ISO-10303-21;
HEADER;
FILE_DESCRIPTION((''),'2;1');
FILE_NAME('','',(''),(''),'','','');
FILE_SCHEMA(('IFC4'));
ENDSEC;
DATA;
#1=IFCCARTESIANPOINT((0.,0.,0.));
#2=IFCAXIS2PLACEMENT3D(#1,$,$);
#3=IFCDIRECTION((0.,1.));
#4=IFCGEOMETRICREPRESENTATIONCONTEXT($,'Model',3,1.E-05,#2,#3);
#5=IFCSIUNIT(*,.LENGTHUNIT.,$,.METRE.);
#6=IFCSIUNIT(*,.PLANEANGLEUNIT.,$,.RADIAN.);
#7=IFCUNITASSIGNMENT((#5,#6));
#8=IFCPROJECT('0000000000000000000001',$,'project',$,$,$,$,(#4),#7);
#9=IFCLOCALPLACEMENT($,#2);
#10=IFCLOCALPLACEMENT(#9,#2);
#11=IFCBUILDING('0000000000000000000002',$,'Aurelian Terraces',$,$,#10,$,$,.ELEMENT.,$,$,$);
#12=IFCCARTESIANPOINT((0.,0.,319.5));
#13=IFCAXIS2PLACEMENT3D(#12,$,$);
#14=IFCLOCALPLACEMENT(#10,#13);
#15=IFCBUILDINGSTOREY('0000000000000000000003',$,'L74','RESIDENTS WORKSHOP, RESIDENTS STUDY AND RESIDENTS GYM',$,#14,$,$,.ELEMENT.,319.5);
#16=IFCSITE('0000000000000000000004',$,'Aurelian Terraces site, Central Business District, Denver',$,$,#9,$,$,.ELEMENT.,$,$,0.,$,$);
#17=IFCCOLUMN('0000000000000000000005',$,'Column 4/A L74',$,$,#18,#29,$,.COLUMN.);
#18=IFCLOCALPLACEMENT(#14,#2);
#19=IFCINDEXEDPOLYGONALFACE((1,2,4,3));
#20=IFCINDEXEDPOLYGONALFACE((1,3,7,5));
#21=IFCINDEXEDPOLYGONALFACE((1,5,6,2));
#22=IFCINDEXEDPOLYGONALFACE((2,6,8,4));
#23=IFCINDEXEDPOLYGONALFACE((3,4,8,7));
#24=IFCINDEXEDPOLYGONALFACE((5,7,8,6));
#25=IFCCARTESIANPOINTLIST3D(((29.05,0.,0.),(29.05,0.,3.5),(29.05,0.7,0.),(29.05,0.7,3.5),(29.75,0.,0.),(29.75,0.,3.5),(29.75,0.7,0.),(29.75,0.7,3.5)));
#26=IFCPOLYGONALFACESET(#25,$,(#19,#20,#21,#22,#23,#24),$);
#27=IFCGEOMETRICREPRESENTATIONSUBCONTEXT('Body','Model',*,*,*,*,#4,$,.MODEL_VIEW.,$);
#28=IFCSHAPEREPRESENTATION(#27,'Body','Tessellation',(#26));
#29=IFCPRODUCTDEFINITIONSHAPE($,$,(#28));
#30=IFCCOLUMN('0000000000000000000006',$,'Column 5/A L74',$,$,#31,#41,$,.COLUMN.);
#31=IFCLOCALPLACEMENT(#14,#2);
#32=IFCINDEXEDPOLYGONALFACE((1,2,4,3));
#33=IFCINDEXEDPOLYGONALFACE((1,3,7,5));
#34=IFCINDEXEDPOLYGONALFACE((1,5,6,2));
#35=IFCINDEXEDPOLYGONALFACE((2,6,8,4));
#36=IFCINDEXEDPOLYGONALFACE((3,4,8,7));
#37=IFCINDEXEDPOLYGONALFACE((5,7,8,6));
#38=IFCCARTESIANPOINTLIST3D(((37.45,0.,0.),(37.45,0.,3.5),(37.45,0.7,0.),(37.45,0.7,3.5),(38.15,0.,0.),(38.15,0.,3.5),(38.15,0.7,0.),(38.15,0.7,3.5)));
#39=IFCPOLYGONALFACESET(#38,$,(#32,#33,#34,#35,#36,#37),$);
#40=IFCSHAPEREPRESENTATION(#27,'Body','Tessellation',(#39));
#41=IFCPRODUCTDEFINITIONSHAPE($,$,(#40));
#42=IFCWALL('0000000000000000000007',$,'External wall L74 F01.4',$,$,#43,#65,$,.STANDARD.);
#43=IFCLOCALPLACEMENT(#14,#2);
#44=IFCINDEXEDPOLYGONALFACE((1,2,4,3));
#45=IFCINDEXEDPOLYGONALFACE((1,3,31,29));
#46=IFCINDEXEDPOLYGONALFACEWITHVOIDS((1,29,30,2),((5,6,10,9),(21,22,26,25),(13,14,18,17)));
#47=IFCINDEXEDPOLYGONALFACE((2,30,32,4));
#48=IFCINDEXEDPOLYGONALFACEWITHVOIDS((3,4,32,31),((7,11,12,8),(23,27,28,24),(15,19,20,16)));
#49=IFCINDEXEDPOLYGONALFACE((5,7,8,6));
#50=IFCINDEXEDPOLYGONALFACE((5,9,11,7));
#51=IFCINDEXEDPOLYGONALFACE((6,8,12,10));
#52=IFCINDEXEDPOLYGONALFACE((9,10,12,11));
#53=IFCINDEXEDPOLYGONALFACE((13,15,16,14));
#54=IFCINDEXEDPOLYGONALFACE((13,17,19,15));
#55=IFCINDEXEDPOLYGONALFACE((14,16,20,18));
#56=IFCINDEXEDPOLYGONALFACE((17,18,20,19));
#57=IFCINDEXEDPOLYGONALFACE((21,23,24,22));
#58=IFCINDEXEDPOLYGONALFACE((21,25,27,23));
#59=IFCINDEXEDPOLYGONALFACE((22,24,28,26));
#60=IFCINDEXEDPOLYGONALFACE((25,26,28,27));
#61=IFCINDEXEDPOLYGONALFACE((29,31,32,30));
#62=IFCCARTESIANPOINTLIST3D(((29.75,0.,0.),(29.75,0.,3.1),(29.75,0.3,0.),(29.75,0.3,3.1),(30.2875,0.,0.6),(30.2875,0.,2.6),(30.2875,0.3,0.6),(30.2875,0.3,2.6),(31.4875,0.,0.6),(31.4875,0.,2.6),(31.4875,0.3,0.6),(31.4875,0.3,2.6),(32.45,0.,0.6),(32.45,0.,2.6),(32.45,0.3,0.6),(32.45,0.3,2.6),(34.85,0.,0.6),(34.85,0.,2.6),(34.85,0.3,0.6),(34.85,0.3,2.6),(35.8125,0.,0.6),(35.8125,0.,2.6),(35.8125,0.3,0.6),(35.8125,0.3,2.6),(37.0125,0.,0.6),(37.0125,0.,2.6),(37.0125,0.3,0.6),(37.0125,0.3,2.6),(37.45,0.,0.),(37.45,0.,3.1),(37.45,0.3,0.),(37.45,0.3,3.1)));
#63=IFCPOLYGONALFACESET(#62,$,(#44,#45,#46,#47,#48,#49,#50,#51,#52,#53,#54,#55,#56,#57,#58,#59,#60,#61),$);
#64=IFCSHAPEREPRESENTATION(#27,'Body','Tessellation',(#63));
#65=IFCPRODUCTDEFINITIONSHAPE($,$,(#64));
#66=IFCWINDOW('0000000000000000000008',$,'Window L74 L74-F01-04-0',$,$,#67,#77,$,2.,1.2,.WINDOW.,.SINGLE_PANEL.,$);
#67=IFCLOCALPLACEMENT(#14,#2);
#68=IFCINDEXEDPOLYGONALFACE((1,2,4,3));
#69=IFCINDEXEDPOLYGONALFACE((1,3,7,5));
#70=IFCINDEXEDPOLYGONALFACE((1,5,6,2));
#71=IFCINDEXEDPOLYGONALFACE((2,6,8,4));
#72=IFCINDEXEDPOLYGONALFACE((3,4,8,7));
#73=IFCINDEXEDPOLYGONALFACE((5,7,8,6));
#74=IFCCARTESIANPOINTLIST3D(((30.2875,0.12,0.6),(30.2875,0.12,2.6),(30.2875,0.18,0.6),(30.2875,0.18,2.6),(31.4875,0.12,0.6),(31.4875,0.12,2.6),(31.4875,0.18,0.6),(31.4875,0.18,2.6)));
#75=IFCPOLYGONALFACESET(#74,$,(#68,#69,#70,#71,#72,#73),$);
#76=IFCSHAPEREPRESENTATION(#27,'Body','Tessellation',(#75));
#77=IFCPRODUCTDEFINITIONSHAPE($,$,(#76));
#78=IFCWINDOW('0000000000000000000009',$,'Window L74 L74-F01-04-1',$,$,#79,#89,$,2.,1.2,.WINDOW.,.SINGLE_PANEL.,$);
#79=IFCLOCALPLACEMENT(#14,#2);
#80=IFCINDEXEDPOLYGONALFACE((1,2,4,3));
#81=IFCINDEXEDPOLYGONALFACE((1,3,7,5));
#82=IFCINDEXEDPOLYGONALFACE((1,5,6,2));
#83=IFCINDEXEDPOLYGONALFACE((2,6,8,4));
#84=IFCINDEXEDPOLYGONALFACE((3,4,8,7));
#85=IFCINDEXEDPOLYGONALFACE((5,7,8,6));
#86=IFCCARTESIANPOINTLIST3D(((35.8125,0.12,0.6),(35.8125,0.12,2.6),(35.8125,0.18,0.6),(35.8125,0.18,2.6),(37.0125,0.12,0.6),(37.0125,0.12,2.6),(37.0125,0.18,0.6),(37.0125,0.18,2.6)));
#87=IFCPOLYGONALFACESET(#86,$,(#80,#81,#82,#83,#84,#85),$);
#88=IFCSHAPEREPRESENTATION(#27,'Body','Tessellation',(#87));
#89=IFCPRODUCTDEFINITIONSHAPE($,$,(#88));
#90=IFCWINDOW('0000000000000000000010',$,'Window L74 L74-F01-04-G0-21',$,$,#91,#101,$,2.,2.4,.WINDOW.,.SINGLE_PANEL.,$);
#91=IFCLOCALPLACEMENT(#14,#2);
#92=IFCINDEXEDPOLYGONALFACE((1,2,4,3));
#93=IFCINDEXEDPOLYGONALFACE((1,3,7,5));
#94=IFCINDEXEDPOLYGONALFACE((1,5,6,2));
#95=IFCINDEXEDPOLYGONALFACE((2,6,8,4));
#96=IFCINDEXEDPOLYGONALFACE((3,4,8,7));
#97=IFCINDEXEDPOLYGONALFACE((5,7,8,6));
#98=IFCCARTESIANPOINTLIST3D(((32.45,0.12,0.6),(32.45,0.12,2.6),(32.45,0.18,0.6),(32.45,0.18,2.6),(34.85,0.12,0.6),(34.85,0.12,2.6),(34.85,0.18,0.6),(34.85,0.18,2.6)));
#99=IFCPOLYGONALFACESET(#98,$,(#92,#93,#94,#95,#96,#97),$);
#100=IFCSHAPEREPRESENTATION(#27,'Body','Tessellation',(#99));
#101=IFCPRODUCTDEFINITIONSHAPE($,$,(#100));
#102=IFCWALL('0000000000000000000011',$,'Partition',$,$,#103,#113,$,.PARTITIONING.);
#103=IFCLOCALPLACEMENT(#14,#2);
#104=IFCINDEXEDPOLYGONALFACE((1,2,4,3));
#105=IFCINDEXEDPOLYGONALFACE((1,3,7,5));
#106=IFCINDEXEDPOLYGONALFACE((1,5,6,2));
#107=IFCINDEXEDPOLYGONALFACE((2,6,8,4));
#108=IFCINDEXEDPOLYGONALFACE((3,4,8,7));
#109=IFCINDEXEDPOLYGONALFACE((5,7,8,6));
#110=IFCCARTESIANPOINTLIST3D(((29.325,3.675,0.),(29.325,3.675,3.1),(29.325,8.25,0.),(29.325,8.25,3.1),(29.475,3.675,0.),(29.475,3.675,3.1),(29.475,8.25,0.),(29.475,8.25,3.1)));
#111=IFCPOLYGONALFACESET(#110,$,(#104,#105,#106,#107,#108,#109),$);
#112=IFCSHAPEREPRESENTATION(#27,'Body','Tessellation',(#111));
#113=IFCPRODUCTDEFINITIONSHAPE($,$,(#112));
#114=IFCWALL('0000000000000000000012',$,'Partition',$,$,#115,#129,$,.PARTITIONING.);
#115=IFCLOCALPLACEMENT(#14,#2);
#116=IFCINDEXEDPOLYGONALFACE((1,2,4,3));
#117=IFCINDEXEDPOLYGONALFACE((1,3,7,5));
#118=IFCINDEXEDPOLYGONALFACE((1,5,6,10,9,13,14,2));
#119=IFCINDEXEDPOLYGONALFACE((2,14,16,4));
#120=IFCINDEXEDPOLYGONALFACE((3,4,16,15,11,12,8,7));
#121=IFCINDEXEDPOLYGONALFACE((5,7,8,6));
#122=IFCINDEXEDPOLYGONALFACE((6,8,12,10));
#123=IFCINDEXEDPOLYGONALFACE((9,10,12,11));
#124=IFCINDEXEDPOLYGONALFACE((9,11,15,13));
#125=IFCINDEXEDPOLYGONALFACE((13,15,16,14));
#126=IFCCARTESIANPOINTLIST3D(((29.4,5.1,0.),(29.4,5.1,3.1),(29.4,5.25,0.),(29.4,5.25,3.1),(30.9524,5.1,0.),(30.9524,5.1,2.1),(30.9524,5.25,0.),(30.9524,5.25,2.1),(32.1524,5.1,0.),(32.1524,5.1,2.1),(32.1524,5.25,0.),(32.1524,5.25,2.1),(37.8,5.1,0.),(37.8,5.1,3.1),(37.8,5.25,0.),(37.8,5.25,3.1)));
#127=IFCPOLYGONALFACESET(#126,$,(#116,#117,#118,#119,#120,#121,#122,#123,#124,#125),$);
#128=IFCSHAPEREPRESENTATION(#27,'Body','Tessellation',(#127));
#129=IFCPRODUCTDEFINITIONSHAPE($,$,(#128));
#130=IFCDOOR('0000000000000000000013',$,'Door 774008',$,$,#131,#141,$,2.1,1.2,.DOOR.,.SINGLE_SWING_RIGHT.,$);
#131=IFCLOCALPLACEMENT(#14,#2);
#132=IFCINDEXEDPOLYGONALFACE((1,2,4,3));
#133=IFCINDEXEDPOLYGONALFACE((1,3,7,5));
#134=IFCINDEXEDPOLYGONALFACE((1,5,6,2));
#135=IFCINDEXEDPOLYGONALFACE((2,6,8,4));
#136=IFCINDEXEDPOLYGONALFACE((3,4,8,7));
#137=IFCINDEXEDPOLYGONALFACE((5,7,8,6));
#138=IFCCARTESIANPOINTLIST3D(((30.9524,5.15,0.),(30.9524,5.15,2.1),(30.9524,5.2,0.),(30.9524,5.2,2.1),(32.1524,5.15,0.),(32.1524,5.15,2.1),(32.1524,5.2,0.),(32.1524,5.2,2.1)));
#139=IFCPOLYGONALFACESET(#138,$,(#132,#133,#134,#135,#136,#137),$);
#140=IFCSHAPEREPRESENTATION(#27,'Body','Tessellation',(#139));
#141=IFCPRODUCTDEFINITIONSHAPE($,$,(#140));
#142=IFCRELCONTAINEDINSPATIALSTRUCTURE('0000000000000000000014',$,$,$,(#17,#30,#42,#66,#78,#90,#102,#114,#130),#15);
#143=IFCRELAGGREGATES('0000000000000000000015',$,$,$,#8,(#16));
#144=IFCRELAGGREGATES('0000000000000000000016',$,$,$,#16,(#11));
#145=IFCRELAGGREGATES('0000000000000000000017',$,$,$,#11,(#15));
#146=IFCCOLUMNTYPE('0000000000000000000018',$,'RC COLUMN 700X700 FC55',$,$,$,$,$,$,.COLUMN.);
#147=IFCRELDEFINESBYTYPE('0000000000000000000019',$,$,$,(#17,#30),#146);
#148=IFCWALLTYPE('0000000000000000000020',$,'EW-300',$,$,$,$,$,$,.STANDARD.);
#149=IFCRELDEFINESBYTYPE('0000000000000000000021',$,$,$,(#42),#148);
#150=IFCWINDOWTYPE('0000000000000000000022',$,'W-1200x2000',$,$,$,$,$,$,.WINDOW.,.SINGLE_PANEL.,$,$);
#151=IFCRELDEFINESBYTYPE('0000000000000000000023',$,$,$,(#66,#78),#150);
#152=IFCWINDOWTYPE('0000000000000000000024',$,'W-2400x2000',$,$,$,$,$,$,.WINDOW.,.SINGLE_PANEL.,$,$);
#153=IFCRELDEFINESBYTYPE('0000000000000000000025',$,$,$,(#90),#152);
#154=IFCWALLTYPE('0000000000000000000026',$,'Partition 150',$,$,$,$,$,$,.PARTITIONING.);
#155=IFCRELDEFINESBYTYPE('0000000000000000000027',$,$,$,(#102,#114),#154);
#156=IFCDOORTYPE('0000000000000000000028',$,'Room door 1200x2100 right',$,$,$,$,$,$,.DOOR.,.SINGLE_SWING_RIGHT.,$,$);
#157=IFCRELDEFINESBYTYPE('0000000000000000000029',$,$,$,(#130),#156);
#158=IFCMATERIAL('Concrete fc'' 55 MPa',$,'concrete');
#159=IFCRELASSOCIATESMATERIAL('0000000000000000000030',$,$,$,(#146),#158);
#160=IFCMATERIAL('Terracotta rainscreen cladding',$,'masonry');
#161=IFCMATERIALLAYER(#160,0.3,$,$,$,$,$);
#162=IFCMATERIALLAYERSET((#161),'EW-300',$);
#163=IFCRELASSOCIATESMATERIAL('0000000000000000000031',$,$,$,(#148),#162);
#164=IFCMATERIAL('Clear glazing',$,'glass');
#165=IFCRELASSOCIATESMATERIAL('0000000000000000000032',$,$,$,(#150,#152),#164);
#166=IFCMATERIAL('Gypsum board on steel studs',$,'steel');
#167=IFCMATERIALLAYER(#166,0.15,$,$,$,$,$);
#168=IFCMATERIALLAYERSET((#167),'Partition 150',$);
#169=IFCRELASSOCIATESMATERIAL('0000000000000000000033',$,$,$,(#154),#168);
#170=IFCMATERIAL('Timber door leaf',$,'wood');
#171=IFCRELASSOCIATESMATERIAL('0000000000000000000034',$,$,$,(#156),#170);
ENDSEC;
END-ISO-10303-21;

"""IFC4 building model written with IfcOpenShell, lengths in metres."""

from ifc_helpers import new_model, si_unit, direction, frame, frame_2d, origin, origin_2d, place, context, subcontext, project, spatial, rectangle, extrude, source, transform, mapped, material, layer, layer_set, material_profile, profile_set, type_object, element, fill, save


model = new_model("IFC4")

# Units and contexts
model_context = context("Model", 3, precision=1e-05, world=origin(), true_north=direction((0.0, 1.0)))
body_context = subcontext(model_context, "Body", "Model", "MODEL_VIEW")
ifc_project = project(units=[si_unit("LENGTHUNIT", "METRE"), si_unit("PLANEANGLEUNIT", "RADIAN")], contexts=[model_context])

# Site, building, storey
site_placement = place(None, origin())
site = spatial("IfcSite", under=ifc_project, at=site_placement, Name="Aurelian Terraces site, Central Business District, Denver", CompositionType="ELEMENT", RefElevation=0.0)
building_placement = place(site_placement, origin())
building = spatial("IfcBuilding", under=site, at=building_placement, Name="Aurelian Terraces", CompositionType="ELEMENT")
storey_placement = place(building_placement, frame((0.0, 0.0, 319.5)))
storey = spatial("IfcBuildingStorey", under=building, at=storey_placement, Name="L74", Description="RESIDENTS WORKSHOP, RESIDENTS STUDY AND RESIDENTS GYM", CompositionType="ELEMENT", Elevation=319.5)

# Columns
ifc_material_1 = material(Name="Concrete fc' 55 MPa", Category="concrete")
ifc_material_profile = material_profile(ifc_material_1, rectangle(XDim=0.7, YDim=0.7, at=origin_2d()))
ifc_profile_set = profile_set([ifc_material_profile], Name="Concrete fc' 55 MPa")
column_type = type_object("IfcColumnType", Name="RC COLUMN 700X700 FC55", PredefinedType="COLUMN", material=ifc_profile_set)
shared_shape_1 = source(origin(), body_context, "Body", "SweptSolid", [
    extrude(rectangle(XDim=0.7, YDim=0.7, at=origin_2d()), origin(), (0.0, 0.0, 1.0), 3.5),
])
for number, where, z_axis, x_axis, name in (
    (1, (29.4, 0.35, 0.0), (0.0, 0.0, 1.0), (1.0, 0.0, 0.0), "Column 4/A L74"),
    (2, (37.8, 0.35, 0.0), (0.0, 0.0, 1.0), (1.0, 0.0, 0.0), "Column 5/A L74"),
):
    element("IfcColumn", number, at=place(storey_placement, frame(where, z_axis=z_axis, x_axis=x_axis)), inside=storey, type_object=column_type, Name=name, PredefinedType="COLUMN", context=body_context, shape_type="MappedRepresentation", body=[
        mapped(shared_shape_1, transform((0.0, 0.0, 0.0), scale=1.0)),
    ])

# Wall, openings, windows
ifc_material_2 = material(Name="Terracotta rainscreen cladding", Category="masonry")
ifc_layer_1 = layer(ifc_material_2, 0.3)
ifc_layer_set_1 = layer_set([ifc_layer_1], Name="EW-300")
wall_type_1 = type_object("IfcWallType", Name="EW-300", PredefinedType="STANDARD", material=ifc_layer_set_1)
shared_shape_2 = source(origin(), body_context, "Body", "SweptSolid", [
    extrude(rectangle(XDim=7.7, YDim=0.3, at=frame_2d((3.85, 0.0))), origin(), (0.0, 0.0, 1.0), 3.1),
])
wall_1_placement = place(storey_placement, frame((29.75, 0.15, 0.0), z_axis=(0.0, 0.0, 1.0), x_axis=(1.0, 0.0, 0.0)))
wall_1 = element("IfcWall", 3, at=wall_1_placement, inside=storey, type_object=wall_type_1, Name="External wall L74 F01.4", PredefinedType="STANDARD", context=body_context, shape_type="MappedRepresentation", body=[
    mapped(shared_shape_2, transform((0.0, 0.0, 0.0), scale=1.0)),
])
shared_shape_3 = source(origin(), body_context, "Body", "SweptSolid", [
    extrude(rectangle(XDim=1.2, YDim=2.0, at=frame_2d((0.6, 1.0))), frame((0.0, 0.16, 0.0), z_axis=(0.0, -1.0, 0.0), x_axis=(1.0, 0.0, 0.0)), (0.0, 0.0, 1.0), 0.32),
])
opening_1_placement = place(wall_1_placement, frame((0.5375, 0.0, 0.6)))
opening_1 = element("IfcOpeningElement", 4, at=opening_1_placement, cuts=wall_1, PredefinedType="OPENING", context=body_context, shape_type="MappedRepresentation", body=[
    mapped(shared_shape_3, transform((0.0, 0.0, 0.0), scale=1.0)),
])
opening_2_placement = place(wall_1_placement, frame((6.0625, 0.0, 0.6)))
opening_2 = element("IfcOpeningElement", 5, at=opening_2_placement, cuts=wall_1, PredefinedType="OPENING", context=body_context, shape_type="MappedRepresentation", body=[
    mapped(shared_shape_3, transform((0.0, 0.0, 0.0), scale=1.0)),
])
shared_shape_4 = source(origin(), body_context, "Body", "SweptSolid", [
    extrude(rectangle(XDim=2.4, YDim=2.0, at=frame_2d((1.2, 1.0))), frame((0.0, 0.16, 0.0), z_axis=(0.0, -1.0, 0.0), x_axis=(1.0, 0.0, 0.0)), (0.0, 0.0, 1.0), 0.32),
])
opening_3_placement = place(wall_1_placement, frame((2.7, 0.0, 0.6)))
opening_3 = element("IfcOpeningElement", 6, at=opening_3_placement, cuts=wall_1, PredefinedType="OPENING", context=body_context, shape_type="MappedRepresentation", body=[
    mapped(shared_shape_4, transform((0.0, 0.0, 0.0), scale=1.0)),
])
ifc_material_3 = material(Name="Clear glazing", Category="glass")
window_type_1 = type_object("IfcWindowType", Name="W-1200x2000", PartitioningType="SINGLE_PANEL", PredefinedType="WINDOW", material=ifc_material_3)
shared_shape_5 = source(origin(), body_context, "Body", "SweptSolid", [
    extrude(rectangle(XDim=1.2, YDim=2.0, at=frame_2d((0.6, 1.0))), frame((0.0, 0.03, 0.0), z_axis=(0.0, -1.0, 0.0), x_axis=(1.0, 0.0, 0.0)), (0.0, 0.0, 1.0), 0.06),
])
window_1_placement = place(opening_1_placement, origin())
window_1 = element("IfcWindow", 7, at=window_1_placement, inside=storey, type_object=window_type_1, Name="Window L74 L74-F01-04-0", OverallHeight=2.0, OverallWidth=1.2, PartitioningType="SINGLE_PANEL", PredefinedType="WINDOW", context=body_context, shape_type="MappedRepresentation", body=[
    mapped(shared_shape_5, transform((0.0, 0.0, 0.0), scale=1.0)),
])
fill(opening_1, window_1)
window_2_placement = place(opening_2_placement, origin())
window_2 = element("IfcWindow", 8, at=window_2_placement, inside=storey, type_object=window_type_1, Name="Window L74 L74-F01-04-1", OverallHeight=2.0, OverallWidth=1.2, PartitioningType="SINGLE_PANEL", PredefinedType="WINDOW", context=body_context, shape_type="MappedRepresentation", body=[
    mapped(shared_shape_5, transform((0.0, 0.0, 0.0), scale=1.0)),
])
fill(opening_2, window_2)
window_type_2 = type_object("IfcWindowType", Name="W-2400x2000", PartitioningType="SINGLE_PANEL", PredefinedType="WINDOW", material=ifc_material_3)
shared_shape_6 = source(origin(), body_context, "Body", "SweptSolid", [
    extrude(rectangle(XDim=2.4, YDim=2.0, at=frame_2d((1.2, 1.0))), frame((0.0, 0.03, 0.0), z_axis=(0.0, -1.0, 0.0), x_axis=(1.0, 0.0, 0.0)), (0.0, 0.0, 1.0), 0.06),
])
window_3_placement = place(opening_3_placement, origin())
window_3 = element("IfcWindow", 9, at=window_3_placement, inside=storey, type_object=window_type_2, Name="Window L74 L74-F01-04-G0-21", OverallHeight=2.0, OverallWidth=2.4, PartitioningType="SINGLE_PANEL", PredefinedType="WINDOW", context=body_context, shape_type="MappedRepresentation", body=[
    mapped(shared_shape_6, transform((0.0, 0.0, 0.0), scale=1.0)),
])
fill(opening_3, window_3)

# Wall
ifc_material_4 = material(Name="Gypsum board on steel studs", Category="steel")
ifc_layer_2 = layer(ifc_material_4, 0.15)
ifc_layer_set_2 = layer_set([ifc_layer_2], Name="Partition 150")
wall_type_2 = type_object("IfcWallType", Name="Partition 150", PredefinedType="PARTITIONING", material=ifc_layer_set_2)
shared_shape_7 = source(origin(), body_context, "Body", "SweptSolid", [
    extrude(rectangle(XDim=4.575, YDim=0.15, at=frame_2d((2.2875, 0.0))), origin(), (0.0, 0.0, 1.0), 3.1),
])
wall_2_placement = place(storey_placement, frame((29.4, 3.675, 0.0), z_axis=(0.0, 0.0, 1.0), x_axis=(0.0, 1.0, 0.0)))
element("IfcWall", 10, at=wall_2_placement, inside=storey, type_object=wall_type_2, Name="Partition", PredefinedType="PARTITIONING", context=body_context, shape_type="MappedRepresentation", body=[
    mapped(shared_shape_7, transform((0.0, 0.0, 0.0), scale=1.0)),
])

# Wall, opening, door
shared_shape_8 = source(origin(), body_context, "Body", "SweptSolid", [
    extrude(rectangle(XDim=8.4, YDim=0.15, at=frame_2d((4.2, 0.0))), origin(), (0.0, 0.0, 1.0), 3.1),
])
wall_3_placement = place(storey_placement, frame((37.8, 5.175, 0.0), z_axis=(0.0, 0.0, 1.0), x_axis=(-1.0, 0.0, 0.0)))
wall_3 = element("IfcWall", 11, at=wall_3_placement, inside=storey, type_object=wall_type_2, Name="Partition", PredefinedType="PARTITIONING", context=body_context, shape_type="MappedRepresentation", body=[
    mapped(shared_shape_8, transform((0.0, 0.0, 0.0), scale=1.0)),
])
shared_shape_9 = source(origin(), body_context, "Body", "SweptSolid", [
    extrude(rectangle(XDim=1.2, YDim=2.1, at=frame_2d((0.6, 1.05))), frame((0.0, 0.085, 0.0), z_axis=(0.0, -1.0, 0.0), x_axis=(1.0, 0.0, 0.0)), (0.0, 0.0, 1.0), 0.17),
])
opening_4_placement = place(wall_3_placement, frame((5.6476, 0.0, 0.0)))
opening_4 = element("IfcOpeningElement", 12, at=opening_4_placement, cuts=wall_3, PredefinedType="OPENING", context=body_context, shape_type="MappedRepresentation", body=[
    mapped(shared_shape_9, transform((0.0, 0.0, 0.0), scale=1.0)),
])
ifc_material_5 = material(Name="Timber door leaf", Category="wood")
door_type_1 = type_object("IfcDoorType", Name="Room door 1200x2100 right", OperationType="SINGLE_SWING_RIGHT", PredefinedType="DOOR", material=ifc_material_5)
shared_shape_10 = source(origin(), body_context, "Body", "SweptSolid", [
    extrude(rectangle(XDim=1.2, YDim=2.1, at=frame_2d((0.6, 1.05))), frame((0.0, 0.025, 0.0), z_axis=(0.0, -1.0, 0.0), x_axis=(1.0, 0.0, 0.0)), (0.0, 0.0, 1.0), 0.05),
])
door_1_placement = place(opening_4_placement, origin())
door_1 = element("IfcDoor", 13, at=door_1_placement, inside=storey, type_object=door_type_1, Name="Door 774008", OperationType="SINGLE_SWING_RIGHT", OverallHeight=2.1, OverallWidth=1.2, PredefinedType="DOOR", context=body_context, shape_type="MappedRepresentation", body=[
    mapped(shared_shape_10, transform((0.0, 0.0, 0.0), scale=1.0)),
])
fill(opening_4, door_1)

save(model, "model.ifc")
